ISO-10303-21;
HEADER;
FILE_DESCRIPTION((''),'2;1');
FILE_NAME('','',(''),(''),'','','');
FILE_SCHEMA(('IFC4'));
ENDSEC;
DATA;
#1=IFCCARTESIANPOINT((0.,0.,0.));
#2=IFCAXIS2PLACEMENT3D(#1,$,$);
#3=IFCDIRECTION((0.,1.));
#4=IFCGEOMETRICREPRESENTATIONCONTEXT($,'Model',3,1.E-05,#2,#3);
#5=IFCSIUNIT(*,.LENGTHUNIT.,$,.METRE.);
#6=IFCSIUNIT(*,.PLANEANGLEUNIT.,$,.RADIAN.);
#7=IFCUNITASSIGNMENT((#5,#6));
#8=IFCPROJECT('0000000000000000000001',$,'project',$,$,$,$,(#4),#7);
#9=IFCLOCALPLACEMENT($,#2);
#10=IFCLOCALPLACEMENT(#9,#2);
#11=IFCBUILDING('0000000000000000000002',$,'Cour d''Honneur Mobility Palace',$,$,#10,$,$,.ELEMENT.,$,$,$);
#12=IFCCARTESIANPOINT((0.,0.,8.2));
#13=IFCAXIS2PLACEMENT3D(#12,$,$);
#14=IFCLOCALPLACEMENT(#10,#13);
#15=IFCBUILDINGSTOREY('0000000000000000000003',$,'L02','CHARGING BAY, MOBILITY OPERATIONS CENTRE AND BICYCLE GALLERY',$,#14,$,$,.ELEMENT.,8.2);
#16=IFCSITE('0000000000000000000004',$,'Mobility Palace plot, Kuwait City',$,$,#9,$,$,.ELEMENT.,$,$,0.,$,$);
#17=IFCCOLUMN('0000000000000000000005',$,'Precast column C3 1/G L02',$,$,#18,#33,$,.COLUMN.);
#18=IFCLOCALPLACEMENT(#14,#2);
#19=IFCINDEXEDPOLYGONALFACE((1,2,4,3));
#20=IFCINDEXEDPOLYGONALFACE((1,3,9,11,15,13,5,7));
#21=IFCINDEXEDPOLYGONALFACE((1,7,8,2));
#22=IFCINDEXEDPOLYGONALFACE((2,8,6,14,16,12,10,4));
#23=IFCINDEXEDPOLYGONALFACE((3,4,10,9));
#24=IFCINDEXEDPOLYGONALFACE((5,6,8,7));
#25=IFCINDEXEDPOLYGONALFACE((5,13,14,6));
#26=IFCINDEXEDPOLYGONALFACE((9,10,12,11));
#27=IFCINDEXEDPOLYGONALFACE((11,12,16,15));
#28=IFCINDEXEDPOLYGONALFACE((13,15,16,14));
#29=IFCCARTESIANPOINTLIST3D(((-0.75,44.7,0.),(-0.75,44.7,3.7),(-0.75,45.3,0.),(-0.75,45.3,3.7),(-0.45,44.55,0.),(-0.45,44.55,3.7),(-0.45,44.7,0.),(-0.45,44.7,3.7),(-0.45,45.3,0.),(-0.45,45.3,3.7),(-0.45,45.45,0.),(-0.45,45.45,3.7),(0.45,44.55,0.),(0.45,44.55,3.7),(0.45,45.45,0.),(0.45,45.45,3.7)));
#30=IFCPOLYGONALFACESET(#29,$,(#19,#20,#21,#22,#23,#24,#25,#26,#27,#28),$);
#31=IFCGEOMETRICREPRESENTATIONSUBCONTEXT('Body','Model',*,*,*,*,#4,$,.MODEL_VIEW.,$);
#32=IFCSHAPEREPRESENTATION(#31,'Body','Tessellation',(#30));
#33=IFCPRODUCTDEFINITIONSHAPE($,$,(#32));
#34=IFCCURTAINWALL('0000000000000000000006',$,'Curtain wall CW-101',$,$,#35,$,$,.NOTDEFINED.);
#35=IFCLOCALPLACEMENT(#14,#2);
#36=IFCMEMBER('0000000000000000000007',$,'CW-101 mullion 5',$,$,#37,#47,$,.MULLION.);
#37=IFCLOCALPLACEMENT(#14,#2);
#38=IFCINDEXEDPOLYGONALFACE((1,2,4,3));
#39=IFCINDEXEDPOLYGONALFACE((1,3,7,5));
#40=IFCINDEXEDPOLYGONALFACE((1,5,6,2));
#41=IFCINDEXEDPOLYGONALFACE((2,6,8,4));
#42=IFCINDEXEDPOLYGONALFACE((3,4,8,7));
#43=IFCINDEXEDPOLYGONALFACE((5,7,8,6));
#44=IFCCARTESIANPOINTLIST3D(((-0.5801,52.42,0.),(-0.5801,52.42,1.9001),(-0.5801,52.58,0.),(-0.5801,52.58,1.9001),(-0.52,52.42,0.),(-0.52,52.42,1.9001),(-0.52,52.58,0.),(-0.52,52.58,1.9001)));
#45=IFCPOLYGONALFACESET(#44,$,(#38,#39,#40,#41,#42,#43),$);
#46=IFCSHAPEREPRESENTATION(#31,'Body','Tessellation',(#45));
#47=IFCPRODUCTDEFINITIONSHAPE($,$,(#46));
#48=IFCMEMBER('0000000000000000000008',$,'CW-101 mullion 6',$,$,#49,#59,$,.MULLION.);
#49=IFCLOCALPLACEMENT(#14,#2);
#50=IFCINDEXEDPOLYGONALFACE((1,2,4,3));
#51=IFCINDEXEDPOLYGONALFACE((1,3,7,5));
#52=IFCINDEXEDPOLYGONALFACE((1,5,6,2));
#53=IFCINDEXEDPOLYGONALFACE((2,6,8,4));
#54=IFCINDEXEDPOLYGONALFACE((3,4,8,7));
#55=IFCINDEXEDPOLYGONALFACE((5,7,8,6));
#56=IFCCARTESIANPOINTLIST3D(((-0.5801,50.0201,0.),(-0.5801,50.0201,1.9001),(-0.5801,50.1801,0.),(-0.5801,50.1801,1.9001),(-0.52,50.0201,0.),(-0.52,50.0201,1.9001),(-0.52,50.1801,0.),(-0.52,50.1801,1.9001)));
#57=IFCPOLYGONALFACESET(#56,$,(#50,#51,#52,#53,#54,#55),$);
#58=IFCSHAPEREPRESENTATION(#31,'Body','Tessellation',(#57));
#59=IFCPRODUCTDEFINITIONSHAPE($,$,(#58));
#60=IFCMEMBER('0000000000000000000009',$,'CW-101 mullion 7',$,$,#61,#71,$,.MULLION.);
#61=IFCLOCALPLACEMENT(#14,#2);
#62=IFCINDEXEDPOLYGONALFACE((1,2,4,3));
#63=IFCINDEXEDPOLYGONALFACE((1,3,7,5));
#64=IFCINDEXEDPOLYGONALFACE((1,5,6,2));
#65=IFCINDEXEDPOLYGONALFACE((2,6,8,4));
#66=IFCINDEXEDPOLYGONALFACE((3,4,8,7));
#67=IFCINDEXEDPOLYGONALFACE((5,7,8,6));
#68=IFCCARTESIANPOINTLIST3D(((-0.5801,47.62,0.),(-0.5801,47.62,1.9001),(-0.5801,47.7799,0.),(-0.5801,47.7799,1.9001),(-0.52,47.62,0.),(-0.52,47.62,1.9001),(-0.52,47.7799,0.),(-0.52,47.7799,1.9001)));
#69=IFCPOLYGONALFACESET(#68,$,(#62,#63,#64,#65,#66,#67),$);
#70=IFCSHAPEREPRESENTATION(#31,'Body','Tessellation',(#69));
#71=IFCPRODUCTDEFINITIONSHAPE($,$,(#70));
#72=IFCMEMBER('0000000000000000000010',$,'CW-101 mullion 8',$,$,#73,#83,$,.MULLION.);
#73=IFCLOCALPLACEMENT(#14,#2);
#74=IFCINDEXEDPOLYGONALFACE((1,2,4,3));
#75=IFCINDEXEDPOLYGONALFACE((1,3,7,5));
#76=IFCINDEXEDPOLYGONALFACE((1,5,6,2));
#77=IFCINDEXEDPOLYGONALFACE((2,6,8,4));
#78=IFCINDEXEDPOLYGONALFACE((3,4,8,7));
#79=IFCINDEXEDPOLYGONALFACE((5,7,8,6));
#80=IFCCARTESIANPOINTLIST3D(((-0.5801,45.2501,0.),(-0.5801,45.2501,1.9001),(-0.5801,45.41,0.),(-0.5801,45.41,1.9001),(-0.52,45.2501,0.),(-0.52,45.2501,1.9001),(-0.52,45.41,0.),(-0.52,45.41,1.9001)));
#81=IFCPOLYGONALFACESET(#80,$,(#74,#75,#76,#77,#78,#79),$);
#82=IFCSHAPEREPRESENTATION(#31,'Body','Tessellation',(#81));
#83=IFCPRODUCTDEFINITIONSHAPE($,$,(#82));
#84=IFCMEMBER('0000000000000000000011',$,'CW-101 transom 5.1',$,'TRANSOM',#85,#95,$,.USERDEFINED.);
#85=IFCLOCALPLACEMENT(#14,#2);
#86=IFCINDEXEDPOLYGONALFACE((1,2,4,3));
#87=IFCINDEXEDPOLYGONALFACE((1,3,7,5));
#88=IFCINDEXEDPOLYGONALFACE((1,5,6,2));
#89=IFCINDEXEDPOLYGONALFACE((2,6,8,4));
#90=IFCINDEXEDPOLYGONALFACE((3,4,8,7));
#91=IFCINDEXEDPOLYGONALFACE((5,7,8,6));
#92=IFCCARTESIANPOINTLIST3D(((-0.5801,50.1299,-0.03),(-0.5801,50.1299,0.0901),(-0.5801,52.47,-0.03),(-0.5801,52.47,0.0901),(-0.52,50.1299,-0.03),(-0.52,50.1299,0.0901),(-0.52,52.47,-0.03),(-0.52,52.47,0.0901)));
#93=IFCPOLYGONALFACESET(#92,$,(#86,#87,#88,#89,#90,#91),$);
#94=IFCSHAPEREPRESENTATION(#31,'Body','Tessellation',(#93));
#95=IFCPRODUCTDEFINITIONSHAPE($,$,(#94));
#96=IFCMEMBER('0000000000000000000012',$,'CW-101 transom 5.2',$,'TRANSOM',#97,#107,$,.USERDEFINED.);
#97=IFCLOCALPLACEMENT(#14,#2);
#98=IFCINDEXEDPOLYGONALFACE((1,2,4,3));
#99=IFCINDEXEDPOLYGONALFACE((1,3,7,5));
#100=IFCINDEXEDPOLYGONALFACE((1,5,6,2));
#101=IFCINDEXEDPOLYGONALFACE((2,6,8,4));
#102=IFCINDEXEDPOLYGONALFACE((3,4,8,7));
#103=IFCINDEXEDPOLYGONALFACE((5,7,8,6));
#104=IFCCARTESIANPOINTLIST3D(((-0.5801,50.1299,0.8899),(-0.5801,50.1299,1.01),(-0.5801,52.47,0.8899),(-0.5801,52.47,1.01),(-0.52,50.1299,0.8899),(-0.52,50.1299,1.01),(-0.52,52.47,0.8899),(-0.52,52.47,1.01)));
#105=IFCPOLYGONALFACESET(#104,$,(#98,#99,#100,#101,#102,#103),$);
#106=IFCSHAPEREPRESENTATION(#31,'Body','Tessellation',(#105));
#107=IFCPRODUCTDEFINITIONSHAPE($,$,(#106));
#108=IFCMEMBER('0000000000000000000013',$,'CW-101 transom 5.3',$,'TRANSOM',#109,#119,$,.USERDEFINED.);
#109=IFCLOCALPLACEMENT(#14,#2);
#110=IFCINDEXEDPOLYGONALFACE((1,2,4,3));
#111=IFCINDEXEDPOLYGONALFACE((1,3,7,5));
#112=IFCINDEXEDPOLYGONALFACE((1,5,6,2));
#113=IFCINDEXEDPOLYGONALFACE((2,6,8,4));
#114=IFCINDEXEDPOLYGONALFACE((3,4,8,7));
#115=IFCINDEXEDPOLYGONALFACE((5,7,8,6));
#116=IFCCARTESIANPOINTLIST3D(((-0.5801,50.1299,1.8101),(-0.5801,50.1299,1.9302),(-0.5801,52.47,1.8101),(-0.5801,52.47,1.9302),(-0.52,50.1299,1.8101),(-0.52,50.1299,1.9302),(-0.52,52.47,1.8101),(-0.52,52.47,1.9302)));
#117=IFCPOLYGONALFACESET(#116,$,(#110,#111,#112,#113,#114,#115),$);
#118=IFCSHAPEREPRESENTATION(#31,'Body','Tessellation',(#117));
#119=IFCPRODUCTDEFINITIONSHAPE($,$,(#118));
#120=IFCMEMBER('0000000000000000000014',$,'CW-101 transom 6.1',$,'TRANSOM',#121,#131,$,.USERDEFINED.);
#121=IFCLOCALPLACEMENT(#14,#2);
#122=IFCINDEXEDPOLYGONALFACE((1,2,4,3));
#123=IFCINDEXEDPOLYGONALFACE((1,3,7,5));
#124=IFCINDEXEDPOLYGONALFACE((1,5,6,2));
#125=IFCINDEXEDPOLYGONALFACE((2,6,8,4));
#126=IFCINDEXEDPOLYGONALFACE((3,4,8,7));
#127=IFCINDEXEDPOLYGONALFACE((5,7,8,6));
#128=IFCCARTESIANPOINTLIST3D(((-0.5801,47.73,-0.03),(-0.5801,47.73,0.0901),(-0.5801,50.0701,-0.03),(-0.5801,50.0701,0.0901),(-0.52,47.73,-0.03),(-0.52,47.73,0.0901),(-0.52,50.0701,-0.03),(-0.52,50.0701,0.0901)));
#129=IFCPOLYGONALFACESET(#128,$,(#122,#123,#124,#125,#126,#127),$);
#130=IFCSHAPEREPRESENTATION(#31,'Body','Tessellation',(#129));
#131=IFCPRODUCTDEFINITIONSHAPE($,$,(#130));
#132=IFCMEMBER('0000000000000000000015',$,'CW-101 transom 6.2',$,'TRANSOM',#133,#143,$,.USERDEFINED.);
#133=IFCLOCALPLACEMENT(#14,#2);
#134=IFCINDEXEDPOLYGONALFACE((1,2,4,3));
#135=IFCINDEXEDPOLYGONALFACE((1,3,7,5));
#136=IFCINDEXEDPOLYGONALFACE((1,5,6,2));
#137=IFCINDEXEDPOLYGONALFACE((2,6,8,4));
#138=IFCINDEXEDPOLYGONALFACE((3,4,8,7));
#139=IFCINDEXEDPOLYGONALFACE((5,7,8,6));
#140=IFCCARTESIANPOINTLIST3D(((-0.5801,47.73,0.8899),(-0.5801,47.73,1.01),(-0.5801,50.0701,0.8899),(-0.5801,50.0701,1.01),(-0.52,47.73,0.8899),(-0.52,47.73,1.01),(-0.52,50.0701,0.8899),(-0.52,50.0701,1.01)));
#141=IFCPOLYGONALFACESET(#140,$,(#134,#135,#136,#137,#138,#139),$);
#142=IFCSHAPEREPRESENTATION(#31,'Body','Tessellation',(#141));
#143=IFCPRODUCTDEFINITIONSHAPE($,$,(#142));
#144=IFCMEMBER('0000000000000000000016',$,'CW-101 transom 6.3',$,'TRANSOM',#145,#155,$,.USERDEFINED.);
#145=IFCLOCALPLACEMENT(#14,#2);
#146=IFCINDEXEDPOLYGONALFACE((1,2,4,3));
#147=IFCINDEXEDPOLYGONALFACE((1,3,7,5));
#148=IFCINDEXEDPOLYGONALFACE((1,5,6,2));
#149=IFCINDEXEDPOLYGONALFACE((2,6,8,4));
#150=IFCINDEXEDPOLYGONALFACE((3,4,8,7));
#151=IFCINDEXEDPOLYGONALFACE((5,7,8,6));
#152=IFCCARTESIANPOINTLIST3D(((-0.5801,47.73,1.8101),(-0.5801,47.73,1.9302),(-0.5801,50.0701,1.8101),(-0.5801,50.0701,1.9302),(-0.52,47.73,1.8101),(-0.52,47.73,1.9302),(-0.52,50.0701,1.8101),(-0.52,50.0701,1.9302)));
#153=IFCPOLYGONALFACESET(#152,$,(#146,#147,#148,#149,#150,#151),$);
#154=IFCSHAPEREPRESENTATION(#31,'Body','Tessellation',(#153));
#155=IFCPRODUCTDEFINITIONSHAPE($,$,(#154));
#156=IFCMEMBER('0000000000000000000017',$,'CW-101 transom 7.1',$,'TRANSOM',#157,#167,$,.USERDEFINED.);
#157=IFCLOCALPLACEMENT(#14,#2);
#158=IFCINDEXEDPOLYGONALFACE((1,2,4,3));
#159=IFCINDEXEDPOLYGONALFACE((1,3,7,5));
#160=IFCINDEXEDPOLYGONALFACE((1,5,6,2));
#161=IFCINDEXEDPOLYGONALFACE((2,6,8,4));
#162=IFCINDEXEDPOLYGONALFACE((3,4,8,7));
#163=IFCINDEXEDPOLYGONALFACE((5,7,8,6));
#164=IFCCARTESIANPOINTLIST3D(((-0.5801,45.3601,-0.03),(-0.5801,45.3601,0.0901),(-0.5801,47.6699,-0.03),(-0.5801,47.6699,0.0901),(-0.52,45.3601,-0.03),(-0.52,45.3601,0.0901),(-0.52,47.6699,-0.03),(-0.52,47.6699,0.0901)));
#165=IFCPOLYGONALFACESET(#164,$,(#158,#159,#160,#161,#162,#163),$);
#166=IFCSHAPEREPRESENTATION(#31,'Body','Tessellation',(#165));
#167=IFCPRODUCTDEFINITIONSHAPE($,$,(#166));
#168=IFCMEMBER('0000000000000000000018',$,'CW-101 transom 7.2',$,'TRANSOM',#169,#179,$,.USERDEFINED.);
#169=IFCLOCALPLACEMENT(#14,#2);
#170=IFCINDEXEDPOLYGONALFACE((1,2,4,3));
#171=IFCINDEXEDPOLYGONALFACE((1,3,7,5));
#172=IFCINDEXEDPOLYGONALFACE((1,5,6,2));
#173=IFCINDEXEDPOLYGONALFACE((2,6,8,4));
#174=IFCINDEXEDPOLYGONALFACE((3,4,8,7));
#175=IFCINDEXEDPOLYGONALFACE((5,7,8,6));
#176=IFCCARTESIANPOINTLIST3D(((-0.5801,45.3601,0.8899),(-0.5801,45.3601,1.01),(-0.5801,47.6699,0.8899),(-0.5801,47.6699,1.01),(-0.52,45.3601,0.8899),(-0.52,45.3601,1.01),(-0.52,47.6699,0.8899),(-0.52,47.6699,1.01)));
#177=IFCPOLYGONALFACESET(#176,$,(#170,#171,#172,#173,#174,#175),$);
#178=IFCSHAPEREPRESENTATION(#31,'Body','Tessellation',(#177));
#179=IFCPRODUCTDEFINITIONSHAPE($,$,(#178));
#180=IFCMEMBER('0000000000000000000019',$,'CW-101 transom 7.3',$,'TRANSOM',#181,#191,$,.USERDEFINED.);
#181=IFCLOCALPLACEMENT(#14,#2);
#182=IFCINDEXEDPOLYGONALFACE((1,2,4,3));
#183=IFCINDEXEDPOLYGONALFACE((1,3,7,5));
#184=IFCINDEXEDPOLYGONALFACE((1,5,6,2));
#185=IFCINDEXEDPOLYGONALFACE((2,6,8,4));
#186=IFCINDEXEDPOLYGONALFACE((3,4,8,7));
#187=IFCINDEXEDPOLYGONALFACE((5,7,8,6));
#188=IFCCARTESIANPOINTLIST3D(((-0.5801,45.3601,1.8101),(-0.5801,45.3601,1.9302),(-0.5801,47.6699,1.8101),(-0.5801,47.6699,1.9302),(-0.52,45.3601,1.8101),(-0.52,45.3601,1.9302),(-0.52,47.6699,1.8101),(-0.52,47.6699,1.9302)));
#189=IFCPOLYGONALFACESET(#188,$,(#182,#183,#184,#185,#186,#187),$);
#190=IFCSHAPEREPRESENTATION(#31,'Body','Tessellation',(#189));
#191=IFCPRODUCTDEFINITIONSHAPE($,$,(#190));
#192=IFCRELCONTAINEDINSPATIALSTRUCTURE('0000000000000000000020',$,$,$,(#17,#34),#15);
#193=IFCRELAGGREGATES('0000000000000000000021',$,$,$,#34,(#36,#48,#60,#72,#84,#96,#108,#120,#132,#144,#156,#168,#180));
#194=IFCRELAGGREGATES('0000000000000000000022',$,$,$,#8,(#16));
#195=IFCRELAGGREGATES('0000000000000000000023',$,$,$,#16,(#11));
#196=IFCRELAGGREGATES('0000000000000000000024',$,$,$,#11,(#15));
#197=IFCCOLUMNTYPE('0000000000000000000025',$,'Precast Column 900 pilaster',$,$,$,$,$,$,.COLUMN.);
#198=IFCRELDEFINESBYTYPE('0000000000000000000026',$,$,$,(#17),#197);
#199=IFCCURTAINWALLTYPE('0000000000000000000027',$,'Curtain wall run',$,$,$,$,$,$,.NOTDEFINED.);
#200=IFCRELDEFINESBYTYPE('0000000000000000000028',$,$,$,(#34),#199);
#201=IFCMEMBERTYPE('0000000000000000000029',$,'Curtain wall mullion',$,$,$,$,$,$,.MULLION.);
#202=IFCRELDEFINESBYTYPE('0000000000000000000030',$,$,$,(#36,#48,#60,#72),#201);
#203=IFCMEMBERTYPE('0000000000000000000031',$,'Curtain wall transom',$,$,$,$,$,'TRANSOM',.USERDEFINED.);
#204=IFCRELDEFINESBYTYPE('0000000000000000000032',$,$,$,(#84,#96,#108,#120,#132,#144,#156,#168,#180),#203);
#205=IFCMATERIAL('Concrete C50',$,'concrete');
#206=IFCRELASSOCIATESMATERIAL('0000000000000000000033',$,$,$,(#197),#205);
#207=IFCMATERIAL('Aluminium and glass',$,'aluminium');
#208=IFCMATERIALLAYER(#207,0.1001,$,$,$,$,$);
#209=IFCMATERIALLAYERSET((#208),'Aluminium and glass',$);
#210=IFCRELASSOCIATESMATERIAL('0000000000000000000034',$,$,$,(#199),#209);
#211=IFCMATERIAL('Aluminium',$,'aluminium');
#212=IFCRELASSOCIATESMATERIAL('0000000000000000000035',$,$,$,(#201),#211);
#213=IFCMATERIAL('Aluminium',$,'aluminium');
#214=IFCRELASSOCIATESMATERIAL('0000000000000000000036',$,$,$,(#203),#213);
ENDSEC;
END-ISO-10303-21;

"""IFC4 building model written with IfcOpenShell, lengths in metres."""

from ifc_helpers import new_model, si_unit, direction, frame, origin, origin_2d, place, context, subcontext, project, spatial, polyline, rectangle, outline, extrude, material, layer, layer_set, material_profile, profile_set, type_object, element, aggregate, save


model = new_model("IFC4")

# Units and contexts
model_context = context("Model", 3, precision=1e-05, world=origin(), true_north=direction((0.0, 1.0)))
body_context = subcontext(model_context, "Body", "Model", "MODEL_VIEW")
ifc_project = project(units=[si_unit("LENGTHUNIT", "METRE"), si_unit("PLANEANGLEUNIT", "RADIAN")], contexts=[model_context])

# Site, building, storey
site_placement = place(None, origin())
site = spatial("IfcSite", under=ifc_project, at=site_placement, Name="Mobility Palace plot, Kuwait City", CompositionType="ELEMENT", RefElevation=0.0)
building_placement = place(site_placement, origin())
building = spatial("IfcBuilding", under=site, at=building_placement, Name="Cour d'Honneur Mobility Palace", CompositionType="ELEMENT")
storey_placement = place(building_placement, frame((0.0, 0.0, 8.2)))
storey = spatial("IfcBuildingStorey", under=building, at=storey_placement, Name="L02", Description="CHARGING BAY, MOBILITY OPERATIONS CENTRE AND BICYCLE GALLERY", CompositionType="ELEMENT", Elevation=8.2)

# Column
ifc_material_1 = material(Name="Concrete C50", Category="concrete")
ifc_material_profile_1 = material_profile(ifc_material_1, outline(polyline([(-0.45, -0.45), (0.45, -0.45), (0.45, -0.3), (0.75, -0.3), (0.75, 0.3), (0.45, 0.3), (0.45, 0.45), (-0.45, 0.45), (-0.45, -0.45)])), Name="PC C900 pilaster")
ifc_profile_set_1 = profile_set([ifc_material_profile_1], Name="Concrete C50")
column_type = type_object("IfcColumnType", Name="Precast Column 900 pilaster", PredefinedType="COLUMN", material=ifc_profile_set_1)
column_placement = place(storey_placement, frame((0.0, 45.0, 0.0), z_axis=(0.0, 0.0, 1.0), x_axis=(-1.0, 0.0, 0.0)))
element("IfcColumn", 1, at=column_placement, inside=storey, type_object=column_type, Name="Precast column C3 1/G L02", PredefinedType="COLUMN", context=body_context, shape_type="SweptSolid", body=[
    extrude(outline(polyline([(-0.45, -0.45), (0.45, -0.45), (0.45, -0.3), (0.75, -0.3), (0.75, 0.3), (0.45, 0.3), (0.45, 0.45), (-0.45, 0.45), (-0.45, -0.45)])), origin(), (0.0, 0.0, 1.0), 3.7),
])

# Curtain wall, members
ifc_material_2 = material(Name="Aluminium and glass", Category="aluminium")
ifc_layer_1 = layer(ifc_material_2, 0.1001)
ifc_layer_set_1 = layer_set([ifc_layer_1], Name="Aluminium and glass")
curtain_wall_type = type_object("IfcCurtainWallType", Name="Curtain wall run", PredefinedType="NOTDEFINED", material=ifc_layer_set_1)
curtain_wall_placement = place(storey_placement, origin())
curtain_wall = element("IfcCurtainWall", 2, at=curtain_wall_placement, inside=storey, type_object=curtain_wall_type, Name="Curtain wall CW-101", PredefinedType="NOTDEFINED")
ifc_material_3 = material(Name="Aluminium", Category="aluminium")
ifc_material_profile_2 = material_profile(ifc_material_3, rectangle(XDim=0.0601, YDim=0.1599, at=origin_2d()), Name="Curtain wall mullion")
ifc_profile_set_2 = profile_set([ifc_material_profile_2], Name="Aluminium")
member_type_1 = type_object("IfcMemberType", Name="Curtain wall mullion", PredefinedType="MULLION", material=ifc_profile_set_2)
member_1_placement = place(storey_placement, frame((-0.55, 52.5, 0.0), z_axis=(0.0, 0.0, 1.0), x_axis=(1.0, 0.0, 0.0)))
member_1 = element("IfcMember", 3, at=member_1_placement, type_object=member_type_1, Name="CW-101 mullion 5", PredefinedType="MULLION", context=body_context, shape_type="SweptSolid", body=[
    extrude(rectangle(XDim=0.0601, YDim=0.1599, at=origin_2d()), origin(), (0.0, 0.0, 1.0), 1.9001),
])
member_2_placement = place(storey_placement, frame((-0.55, 50.1001, 0.0), z_axis=(0.0, 0.0, 1.0), x_axis=(1.0, 0.0, 0.0)))
member_2 = element("IfcMember", 4, at=member_2_placement, type_object=member_type_1, Name="CW-101 mullion 6", PredefinedType="MULLION", context=body_context, shape_type="SweptSolid", body=[
    extrude(rectangle(XDim=0.0601, YDim=0.1599, at=origin_2d()), origin(), (0.0, 0.0, 1.0), 1.9001),
])
member_3_placement = place(storey_placement, frame((-0.55, 47.7, 0.0), z_axis=(0.0, 0.0, 1.0), x_axis=(1.0, 0.0, 0.0)))
member_3 = element("IfcMember", 5, at=member_3_placement, type_object=member_type_1, Name="CW-101 mullion 7", PredefinedType="MULLION", context=body_context, shape_type="SweptSolid", body=[
    extrude(rectangle(XDim=0.0601, YDim=0.1599, at=origin_2d()), origin(), (0.0, 0.0, 1.0), 1.9001),
])
member_4_placement = place(storey_placement, frame((-0.55, 45.3301, 0.0), z_axis=(0.0, 0.0, 1.0), x_axis=(1.0, 0.0, 0.0)))
member_4 = element("IfcMember", 6, at=member_4_placement, type_object=member_type_1, Name="CW-101 mullion 8", PredefinedType="MULLION", context=body_context, shape_type="SweptSolid", body=[
    extrude(rectangle(XDim=0.0601, YDim=0.1599, at=origin_2d()), origin(), (0.0, 0.0, 1.0), 1.9001),
])
ifc_material_4 = material(Name="Aluminium", Category="aluminium")
ifc_material_profile_3 = material_profile(ifc_material_4, rectangle(XDim=0.0601, YDim=0.1201, at=origin_2d()), Name="Curtain wall transom")
ifc_profile_set_3 = profile_set([ifc_material_profile_3], Name="Aluminium")
member_type_2 = type_object("IfcMemberType", Name="Curtain wall transom", ElementType="TRANSOM", PredefinedType="USERDEFINED", material=ifc_profile_set_3)
member_5_placement = place(storey_placement, frame((-0.55, 52.47, 0.03), z_axis=(0.0, -1.0, 0.0), x_axis=(1.0, 0.0, 0.0)))
member_5 = element("IfcMember", 7, at=member_5_placement, type_object=member_type_2, Name="CW-101 transom 5.1", ObjectType="TRANSOM", PredefinedType="USERDEFINED", context=body_context, shape_type="SweptSolid", body=[
    extrude(rectangle(XDim=0.0601, YDim=0.1201, at=origin_2d()), origin(), (0.0, 0.0, 1.0), 2.3401),
])
member_6_placement = place(storey_placement, frame((-0.55, 52.47, 0.95), z_axis=(0.0, -1.0, 0.0), x_axis=(1.0, 0.0, 0.0)))
member_6 = element("IfcMember", 8, at=member_6_placement, type_object=member_type_2, Name="CW-101 transom 5.2", ObjectType="TRANSOM", PredefinedType="USERDEFINED", context=body_context, shape_type="SweptSolid", body=[
    extrude(rectangle(XDim=0.0601, YDim=0.1201, at=origin_2d()), origin(), (0.0, 0.0, 1.0), 2.3401),
])
member_7_placement = place(storey_placement, frame((-0.55, 52.47, 1.8701), z_axis=(0.0, -1.0, 0.0), x_axis=(1.0, 0.0, 0.0)))
member_7 = element("IfcMember", 9, at=member_7_placement, type_object=member_type_2, Name="CW-101 transom 5.3", ObjectType="TRANSOM", PredefinedType="USERDEFINED", context=body_context, shape_type="SweptSolid", body=[
    extrude(rectangle(XDim=0.0601, YDim=0.1201, at=origin_2d()), origin(), (0.0, 0.0, 1.0), 2.3401),
])
member_8_placement = place(storey_placement, frame((-0.55, 50.0701, 0.03), z_axis=(0.0, -1.0, 0.0), x_axis=(1.0, 0.0, 0.0)))
member_8 = element("IfcMember", 10, at=member_8_placement, type_object=member_type_2, Name="CW-101 transom 6.1", ObjectType="TRANSOM", PredefinedType="USERDEFINED", context=body_context, shape_type="SweptSolid", body=[
    extrude(rectangle(XDim=0.0601, YDim=0.1201, at=origin_2d()), origin(), (0.0, 0.0, 1.0), 2.3401),
])
member_9_placement = place(storey_placement, frame((-0.55, 50.0701, 0.95), z_axis=(0.0, -1.0, 0.0), x_axis=(1.0, 0.0, 0.0)))
member_9 = element("IfcMember", 11, at=member_9_placement, type_object=member_type_2, Name="CW-101 transom 6.2", ObjectType="TRANSOM", PredefinedType="USERDEFINED", context=body_context, shape_type="SweptSolid", body=[
    extrude(rectangle(XDim=0.0601, YDim=0.1201, at=origin_2d()), origin(), (0.0, 0.0, 1.0), 2.3401),
])
member_10_placement = place(storey_placement, frame((-0.55, 50.0701, 1.8701), z_axis=(0.0, -1.0, 0.0), x_axis=(1.0, 0.0, 0.0)))
member_10 = element("IfcMember", 12, at=member_10_placement, type_object=member_type_2, Name="CW-101 transom 6.3", ObjectType="TRANSOM", PredefinedType="USERDEFINED", context=body_context, shape_type="SweptSolid", body=[
    extrude(rectangle(XDim=0.0601, YDim=0.1201, at=origin_2d()), origin(), (0.0, 0.0, 1.0), 2.3401),
])
member_11_placement = place(storey_placement, frame((-0.55, 47.6699, 0.03), z_axis=(0.0, -1.0, 0.0), x_axis=(1.0, 0.0, 0.0)))
member_11 = element("IfcMember", 13, at=member_11_placement, type_object=member_type_2, Name="CW-101 transom 7.1", ObjectType="TRANSOM", PredefinedType="USERDEFINED", context=body_context, shape_type="SweptSolid", body=[
    extrude(rectangle(XDim=0.0601, YDim=0.1201, at=origin_2d()), origin(), (0.0, 0.0, 1.0), 2.3098),
])
member_12_placement = place(storey_placement, frame((-0.55, 47.6699, 0.95), z_axis=(0.0, -1.0, 0.0), x_axis=(1.0, 0.0, 0.0)))
member_12 = element("IfcMember", 14, at=member_12_placement, type_object=member_type_2, Name="CW-101 transom 7.2", ObjectType="TRANSOM", PredefinedType="USERDEFINED", context=body_context, shape_type="SweptSolid", body=[
    extrude(rectangle(XDim=0.0601, YDim=0.1201, at=origin_2d()), origin(), (0.0, 0.0, 1.0), 2.3098),
])
member_13_placement = place(storey_placement, frame((-0.55, 47.6699, 1.8701), z_axis=(0.0, -1.0, 0.0), x_axis=(1.0, 0.0, 0.0)))
member_13 = element("IfcMember", 15, at=member_13_placement, type_object=member_type_2, Name="CW-101 transom 7.3", ObjectType="TRANSOM", PredefinedType="USERDEFINED", context=body_context, shape_type="SweptSolid", body=[
    extrude(rectangle(XDim=0.0601, YDim=0.1201, at=origin_2d()), origin(), (0.0, 0.0, 1.0), 2.3098),
])

aggregate(curtain_wall, [member_1, member_2, member_3, member_4, member_5, member_6, member_7, member_8, member_9, member_10, member_11, member_12, member_13])

save(model, "model.ifc")
